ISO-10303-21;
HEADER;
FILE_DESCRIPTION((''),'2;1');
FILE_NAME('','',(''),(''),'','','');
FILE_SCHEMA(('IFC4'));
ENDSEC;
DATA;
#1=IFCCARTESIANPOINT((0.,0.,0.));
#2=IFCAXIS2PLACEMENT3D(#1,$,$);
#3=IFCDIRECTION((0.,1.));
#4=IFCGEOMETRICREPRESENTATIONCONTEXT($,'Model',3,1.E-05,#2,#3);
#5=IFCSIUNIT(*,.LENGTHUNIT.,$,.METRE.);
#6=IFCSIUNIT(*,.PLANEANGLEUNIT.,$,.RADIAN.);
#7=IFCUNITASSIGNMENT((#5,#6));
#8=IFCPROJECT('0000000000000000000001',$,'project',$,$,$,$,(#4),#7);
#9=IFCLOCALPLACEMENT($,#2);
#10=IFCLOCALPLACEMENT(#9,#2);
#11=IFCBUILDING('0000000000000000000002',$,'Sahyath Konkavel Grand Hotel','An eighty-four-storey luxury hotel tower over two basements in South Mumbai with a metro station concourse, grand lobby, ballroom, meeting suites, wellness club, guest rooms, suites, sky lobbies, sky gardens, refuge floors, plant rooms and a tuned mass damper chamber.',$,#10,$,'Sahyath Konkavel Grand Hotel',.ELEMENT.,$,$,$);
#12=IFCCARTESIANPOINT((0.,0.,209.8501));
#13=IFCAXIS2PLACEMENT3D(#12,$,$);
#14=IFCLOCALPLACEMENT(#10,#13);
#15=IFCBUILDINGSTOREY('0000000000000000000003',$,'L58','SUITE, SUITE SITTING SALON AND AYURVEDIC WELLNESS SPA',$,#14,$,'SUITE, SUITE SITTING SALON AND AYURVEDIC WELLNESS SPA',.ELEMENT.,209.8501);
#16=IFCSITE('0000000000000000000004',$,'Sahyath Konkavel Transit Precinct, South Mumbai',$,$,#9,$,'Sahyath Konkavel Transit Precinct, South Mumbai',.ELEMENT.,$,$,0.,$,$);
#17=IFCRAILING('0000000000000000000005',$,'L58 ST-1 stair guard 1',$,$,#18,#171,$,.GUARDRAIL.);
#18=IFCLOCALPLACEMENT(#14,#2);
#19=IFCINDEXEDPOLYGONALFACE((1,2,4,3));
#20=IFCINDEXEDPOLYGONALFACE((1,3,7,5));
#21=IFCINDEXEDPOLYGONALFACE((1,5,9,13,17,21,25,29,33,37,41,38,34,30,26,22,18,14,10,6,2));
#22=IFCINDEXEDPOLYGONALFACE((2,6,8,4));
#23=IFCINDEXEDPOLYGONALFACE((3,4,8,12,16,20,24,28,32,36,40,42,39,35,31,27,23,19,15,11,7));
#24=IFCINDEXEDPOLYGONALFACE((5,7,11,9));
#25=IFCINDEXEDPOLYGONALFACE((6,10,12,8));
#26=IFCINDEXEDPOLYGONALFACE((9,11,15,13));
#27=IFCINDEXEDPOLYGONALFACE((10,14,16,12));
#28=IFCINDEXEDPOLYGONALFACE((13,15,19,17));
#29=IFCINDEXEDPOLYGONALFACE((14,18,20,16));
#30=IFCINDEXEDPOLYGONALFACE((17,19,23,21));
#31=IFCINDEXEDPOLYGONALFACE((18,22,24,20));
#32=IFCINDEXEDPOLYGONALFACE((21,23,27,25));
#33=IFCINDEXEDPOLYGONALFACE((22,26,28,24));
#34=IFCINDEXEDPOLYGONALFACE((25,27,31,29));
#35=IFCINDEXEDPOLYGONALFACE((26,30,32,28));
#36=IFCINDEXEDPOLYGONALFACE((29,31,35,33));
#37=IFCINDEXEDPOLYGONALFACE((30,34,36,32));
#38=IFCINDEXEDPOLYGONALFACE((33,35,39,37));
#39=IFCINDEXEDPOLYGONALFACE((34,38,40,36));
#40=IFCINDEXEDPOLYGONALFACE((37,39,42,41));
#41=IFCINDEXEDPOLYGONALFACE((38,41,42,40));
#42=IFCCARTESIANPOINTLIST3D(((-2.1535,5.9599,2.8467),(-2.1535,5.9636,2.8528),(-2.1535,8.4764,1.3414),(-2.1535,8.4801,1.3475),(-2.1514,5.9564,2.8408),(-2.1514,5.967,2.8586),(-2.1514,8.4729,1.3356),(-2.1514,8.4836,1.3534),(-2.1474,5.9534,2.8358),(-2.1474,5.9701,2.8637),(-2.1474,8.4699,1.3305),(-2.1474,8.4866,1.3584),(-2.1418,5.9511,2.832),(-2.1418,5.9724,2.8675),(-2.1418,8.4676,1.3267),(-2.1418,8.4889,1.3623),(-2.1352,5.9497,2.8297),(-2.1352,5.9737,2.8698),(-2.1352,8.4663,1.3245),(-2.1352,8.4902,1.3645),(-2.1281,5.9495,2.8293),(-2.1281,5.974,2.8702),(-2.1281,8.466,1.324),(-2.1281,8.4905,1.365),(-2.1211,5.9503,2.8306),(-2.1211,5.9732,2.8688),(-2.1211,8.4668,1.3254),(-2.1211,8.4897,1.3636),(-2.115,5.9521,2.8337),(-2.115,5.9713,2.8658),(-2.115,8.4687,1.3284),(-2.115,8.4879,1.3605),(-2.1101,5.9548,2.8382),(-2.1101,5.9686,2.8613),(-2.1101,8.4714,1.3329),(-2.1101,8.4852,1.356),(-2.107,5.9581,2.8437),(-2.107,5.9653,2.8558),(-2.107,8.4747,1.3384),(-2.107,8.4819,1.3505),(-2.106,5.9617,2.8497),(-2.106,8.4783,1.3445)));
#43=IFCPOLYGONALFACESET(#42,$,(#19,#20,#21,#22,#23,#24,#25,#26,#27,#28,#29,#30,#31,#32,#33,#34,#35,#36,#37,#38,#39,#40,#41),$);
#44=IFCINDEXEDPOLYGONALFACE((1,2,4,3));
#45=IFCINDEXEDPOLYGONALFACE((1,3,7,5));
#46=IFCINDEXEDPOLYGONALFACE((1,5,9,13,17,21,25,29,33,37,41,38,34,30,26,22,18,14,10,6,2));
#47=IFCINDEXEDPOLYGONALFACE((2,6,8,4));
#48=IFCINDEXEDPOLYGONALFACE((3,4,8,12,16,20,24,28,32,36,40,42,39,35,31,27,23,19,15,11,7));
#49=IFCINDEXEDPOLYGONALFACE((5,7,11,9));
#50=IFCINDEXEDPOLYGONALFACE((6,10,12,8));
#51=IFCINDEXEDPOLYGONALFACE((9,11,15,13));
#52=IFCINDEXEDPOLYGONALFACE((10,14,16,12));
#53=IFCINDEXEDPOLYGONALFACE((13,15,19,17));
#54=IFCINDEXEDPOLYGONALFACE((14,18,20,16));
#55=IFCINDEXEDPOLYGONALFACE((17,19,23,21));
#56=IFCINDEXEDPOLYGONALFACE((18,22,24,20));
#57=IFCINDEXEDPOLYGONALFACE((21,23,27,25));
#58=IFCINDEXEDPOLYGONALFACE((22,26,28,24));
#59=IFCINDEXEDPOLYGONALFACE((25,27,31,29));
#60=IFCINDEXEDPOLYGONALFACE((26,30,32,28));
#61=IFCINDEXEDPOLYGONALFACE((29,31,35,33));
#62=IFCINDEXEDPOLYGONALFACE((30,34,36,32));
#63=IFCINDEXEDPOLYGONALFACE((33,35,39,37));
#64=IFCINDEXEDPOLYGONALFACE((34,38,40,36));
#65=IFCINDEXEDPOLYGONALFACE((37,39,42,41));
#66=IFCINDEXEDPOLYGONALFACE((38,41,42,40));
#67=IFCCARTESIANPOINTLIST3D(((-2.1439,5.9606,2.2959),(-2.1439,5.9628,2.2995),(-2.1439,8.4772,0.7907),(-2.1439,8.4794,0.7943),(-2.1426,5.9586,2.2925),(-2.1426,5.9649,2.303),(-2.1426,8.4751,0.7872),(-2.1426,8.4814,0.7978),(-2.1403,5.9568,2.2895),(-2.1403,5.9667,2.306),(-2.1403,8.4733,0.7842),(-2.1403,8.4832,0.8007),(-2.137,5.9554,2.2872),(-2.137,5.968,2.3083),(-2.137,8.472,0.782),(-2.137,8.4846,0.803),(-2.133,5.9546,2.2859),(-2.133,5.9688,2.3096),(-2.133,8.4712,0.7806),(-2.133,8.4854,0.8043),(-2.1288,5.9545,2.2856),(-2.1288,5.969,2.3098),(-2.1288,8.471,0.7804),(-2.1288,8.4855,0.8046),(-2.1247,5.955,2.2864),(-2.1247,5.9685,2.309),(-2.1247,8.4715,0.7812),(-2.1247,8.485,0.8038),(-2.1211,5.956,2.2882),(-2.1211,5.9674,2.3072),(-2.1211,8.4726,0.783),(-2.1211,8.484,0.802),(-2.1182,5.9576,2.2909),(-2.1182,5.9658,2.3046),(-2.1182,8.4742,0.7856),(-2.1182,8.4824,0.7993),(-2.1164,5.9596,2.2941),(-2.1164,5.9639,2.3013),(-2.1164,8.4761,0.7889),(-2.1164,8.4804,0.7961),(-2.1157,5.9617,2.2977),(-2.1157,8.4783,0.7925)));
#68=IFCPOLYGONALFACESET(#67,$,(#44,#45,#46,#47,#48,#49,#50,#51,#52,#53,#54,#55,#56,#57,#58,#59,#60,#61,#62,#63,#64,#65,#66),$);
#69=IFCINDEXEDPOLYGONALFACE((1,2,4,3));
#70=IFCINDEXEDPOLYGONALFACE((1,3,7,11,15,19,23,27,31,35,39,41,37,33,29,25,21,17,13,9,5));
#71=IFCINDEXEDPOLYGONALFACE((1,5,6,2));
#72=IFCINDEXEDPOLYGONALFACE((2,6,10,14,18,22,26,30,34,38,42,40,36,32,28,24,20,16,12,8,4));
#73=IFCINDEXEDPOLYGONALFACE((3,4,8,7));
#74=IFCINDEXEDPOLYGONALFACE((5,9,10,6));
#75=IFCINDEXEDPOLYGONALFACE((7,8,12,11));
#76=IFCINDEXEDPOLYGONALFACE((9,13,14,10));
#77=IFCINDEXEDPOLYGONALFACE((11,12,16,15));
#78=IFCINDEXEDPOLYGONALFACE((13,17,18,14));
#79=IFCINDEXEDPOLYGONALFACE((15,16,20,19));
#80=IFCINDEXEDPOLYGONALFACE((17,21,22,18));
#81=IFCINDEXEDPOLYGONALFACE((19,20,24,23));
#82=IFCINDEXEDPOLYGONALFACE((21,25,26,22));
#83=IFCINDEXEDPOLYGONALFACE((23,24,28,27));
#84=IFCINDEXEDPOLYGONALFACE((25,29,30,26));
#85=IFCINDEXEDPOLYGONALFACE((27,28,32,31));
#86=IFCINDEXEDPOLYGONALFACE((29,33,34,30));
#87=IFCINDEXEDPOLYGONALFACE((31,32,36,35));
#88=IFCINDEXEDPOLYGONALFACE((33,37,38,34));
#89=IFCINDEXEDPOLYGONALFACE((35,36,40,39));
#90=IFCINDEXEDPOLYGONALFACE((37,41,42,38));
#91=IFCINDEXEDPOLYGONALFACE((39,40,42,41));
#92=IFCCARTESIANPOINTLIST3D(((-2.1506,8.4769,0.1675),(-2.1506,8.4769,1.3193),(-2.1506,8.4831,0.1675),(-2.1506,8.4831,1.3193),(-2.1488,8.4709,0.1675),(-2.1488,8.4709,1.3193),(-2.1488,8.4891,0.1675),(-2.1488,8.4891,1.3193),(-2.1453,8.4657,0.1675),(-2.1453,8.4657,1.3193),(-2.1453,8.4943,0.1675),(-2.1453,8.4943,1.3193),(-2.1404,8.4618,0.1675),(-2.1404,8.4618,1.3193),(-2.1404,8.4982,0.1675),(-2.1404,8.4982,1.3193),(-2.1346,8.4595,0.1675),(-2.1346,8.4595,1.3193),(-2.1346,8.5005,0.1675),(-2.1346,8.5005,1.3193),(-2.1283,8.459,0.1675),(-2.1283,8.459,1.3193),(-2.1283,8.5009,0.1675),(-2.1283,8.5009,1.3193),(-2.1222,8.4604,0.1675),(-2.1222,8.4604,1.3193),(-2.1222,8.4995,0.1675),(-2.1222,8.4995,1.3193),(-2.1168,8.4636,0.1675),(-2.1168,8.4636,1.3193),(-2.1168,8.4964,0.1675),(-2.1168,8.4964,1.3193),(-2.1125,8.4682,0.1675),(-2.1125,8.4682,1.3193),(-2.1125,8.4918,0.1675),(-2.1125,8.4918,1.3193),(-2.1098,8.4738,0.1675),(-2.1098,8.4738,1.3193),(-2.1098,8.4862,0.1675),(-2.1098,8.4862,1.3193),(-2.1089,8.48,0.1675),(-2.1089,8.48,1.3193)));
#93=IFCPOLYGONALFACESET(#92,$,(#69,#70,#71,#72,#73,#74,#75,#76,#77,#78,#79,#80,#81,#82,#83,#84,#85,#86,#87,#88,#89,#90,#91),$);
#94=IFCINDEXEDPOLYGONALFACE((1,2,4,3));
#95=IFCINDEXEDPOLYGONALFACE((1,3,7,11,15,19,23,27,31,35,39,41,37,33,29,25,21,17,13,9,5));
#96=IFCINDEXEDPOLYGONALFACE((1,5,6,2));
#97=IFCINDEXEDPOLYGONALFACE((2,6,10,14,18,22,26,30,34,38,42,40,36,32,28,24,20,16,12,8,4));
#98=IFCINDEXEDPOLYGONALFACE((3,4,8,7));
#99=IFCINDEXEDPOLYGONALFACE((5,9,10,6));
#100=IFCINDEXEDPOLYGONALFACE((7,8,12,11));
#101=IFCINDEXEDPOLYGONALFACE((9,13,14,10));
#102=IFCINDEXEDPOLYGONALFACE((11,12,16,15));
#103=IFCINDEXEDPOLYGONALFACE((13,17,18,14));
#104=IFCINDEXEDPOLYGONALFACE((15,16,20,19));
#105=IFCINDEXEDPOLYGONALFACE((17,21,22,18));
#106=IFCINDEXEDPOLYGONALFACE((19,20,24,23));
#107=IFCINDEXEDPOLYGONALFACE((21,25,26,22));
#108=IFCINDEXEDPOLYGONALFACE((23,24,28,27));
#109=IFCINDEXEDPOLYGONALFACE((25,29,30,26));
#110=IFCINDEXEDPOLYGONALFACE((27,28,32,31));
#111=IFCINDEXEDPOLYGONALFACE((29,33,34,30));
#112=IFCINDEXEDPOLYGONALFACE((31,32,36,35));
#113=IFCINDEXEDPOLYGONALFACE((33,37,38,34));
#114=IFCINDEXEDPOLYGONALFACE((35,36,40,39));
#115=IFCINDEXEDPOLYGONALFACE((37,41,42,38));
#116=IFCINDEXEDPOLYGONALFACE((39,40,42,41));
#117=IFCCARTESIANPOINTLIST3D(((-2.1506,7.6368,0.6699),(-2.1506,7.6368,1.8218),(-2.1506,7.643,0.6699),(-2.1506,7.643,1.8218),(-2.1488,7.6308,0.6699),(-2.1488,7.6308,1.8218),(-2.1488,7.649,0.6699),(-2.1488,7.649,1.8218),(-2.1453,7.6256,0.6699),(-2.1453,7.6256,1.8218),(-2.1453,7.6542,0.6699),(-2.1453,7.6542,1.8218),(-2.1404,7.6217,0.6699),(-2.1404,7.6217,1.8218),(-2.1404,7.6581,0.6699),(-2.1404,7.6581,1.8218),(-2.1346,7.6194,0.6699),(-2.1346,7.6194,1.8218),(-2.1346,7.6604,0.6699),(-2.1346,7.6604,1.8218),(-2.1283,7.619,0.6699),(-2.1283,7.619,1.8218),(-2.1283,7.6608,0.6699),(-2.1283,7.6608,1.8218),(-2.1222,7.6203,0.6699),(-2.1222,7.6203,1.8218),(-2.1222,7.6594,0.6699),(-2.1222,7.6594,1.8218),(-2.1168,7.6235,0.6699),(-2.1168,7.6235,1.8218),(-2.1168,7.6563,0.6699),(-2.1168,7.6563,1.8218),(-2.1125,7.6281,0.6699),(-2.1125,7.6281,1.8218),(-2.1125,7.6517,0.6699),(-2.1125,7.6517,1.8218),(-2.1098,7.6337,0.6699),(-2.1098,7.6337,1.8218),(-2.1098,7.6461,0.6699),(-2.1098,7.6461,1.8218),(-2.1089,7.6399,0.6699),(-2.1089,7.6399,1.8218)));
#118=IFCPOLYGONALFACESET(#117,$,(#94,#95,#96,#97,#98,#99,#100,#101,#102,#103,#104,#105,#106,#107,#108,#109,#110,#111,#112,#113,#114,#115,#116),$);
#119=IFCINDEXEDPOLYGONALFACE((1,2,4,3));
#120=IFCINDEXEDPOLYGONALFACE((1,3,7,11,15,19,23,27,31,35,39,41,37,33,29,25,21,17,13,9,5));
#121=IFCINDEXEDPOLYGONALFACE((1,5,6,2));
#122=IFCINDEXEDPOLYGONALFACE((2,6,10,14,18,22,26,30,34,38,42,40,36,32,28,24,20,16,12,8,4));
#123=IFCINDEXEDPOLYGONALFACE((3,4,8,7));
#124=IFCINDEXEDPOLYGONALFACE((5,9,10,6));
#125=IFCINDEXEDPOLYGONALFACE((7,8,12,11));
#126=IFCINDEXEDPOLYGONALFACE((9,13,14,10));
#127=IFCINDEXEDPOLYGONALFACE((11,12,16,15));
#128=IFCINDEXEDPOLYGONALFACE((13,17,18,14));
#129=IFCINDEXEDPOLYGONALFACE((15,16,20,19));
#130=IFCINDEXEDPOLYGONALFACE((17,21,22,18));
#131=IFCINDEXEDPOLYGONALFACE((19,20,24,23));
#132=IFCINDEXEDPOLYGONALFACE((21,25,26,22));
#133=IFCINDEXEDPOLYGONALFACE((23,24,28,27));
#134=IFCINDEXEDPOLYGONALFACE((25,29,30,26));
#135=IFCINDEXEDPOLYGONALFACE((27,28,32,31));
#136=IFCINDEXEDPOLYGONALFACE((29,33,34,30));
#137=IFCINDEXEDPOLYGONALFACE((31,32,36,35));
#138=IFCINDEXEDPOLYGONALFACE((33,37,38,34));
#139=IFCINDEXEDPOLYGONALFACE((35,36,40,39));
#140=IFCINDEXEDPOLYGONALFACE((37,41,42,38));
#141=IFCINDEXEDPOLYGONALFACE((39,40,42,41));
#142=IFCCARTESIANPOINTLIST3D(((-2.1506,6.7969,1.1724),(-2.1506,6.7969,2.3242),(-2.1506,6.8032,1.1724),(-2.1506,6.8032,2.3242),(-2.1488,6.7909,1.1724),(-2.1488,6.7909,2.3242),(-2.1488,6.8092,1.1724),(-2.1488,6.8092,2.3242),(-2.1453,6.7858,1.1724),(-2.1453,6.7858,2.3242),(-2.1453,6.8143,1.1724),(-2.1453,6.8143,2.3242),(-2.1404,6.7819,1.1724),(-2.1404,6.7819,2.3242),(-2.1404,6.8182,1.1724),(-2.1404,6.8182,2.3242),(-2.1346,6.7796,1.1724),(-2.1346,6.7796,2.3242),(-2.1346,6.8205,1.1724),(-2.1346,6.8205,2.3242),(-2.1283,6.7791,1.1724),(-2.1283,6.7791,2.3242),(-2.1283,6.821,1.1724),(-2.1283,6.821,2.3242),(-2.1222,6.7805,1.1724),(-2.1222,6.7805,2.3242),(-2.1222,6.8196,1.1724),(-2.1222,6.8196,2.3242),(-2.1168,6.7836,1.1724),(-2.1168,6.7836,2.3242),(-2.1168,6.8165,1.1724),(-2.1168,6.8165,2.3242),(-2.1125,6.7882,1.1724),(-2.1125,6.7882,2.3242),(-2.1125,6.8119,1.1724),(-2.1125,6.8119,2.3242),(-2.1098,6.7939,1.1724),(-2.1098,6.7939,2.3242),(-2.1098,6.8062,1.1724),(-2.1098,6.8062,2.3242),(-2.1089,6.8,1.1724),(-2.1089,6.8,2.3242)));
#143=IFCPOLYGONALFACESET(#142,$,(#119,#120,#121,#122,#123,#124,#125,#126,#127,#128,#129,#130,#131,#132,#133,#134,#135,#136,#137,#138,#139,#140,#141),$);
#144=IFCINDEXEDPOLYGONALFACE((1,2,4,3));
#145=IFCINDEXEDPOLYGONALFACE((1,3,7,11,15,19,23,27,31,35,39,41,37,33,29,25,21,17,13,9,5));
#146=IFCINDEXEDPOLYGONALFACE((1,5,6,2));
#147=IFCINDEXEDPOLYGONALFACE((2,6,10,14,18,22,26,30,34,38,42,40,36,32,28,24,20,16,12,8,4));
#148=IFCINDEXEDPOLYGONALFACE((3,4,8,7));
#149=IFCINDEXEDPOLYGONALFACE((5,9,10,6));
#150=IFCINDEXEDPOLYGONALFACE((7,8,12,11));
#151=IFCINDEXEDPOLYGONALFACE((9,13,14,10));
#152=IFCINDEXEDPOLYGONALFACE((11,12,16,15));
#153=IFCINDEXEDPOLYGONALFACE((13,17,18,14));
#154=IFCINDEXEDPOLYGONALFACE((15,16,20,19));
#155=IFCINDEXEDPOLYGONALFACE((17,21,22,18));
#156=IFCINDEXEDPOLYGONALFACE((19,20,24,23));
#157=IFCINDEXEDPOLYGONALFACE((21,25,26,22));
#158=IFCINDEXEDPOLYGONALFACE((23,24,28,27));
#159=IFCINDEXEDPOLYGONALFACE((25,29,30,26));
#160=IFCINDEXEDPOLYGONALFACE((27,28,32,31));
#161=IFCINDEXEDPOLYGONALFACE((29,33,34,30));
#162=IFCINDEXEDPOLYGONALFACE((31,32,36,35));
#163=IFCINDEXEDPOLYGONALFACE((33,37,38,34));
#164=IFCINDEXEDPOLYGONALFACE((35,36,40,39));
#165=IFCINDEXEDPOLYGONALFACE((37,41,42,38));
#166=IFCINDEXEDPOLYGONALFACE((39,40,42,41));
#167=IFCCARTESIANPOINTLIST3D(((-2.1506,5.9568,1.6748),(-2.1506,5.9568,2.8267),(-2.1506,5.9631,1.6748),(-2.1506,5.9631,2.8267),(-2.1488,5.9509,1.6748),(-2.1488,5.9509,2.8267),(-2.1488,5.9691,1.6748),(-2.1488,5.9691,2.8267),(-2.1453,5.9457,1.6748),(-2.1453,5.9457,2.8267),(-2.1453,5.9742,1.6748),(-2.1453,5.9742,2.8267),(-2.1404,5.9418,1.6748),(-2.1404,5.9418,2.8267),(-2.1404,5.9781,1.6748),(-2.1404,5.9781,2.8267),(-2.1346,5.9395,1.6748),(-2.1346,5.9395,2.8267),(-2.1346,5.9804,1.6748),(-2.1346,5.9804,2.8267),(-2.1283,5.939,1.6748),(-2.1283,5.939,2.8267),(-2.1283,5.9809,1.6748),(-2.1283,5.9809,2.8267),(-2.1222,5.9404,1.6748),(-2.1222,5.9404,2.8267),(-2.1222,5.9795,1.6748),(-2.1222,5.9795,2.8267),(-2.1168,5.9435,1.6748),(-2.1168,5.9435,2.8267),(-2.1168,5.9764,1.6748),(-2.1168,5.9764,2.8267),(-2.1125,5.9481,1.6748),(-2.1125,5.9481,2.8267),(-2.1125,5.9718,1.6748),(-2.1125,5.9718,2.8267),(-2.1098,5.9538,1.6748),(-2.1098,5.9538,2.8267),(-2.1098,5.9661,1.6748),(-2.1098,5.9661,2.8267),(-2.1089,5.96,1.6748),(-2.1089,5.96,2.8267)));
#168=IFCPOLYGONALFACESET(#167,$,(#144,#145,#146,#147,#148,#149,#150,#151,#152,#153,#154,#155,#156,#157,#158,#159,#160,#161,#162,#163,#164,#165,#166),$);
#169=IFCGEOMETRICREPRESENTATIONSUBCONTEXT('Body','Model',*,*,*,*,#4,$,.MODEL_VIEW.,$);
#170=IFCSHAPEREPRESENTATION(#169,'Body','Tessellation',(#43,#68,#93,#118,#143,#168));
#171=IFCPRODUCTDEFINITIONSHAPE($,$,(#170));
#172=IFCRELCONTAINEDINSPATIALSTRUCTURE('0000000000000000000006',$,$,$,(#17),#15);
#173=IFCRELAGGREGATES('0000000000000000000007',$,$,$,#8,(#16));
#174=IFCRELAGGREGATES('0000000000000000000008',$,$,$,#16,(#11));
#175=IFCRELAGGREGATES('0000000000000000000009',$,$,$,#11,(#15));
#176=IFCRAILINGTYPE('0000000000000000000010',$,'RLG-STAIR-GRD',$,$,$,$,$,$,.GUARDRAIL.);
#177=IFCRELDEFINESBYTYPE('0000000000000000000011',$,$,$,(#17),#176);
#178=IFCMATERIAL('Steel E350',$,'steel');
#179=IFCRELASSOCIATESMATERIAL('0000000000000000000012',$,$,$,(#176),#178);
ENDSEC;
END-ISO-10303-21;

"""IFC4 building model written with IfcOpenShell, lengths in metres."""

from ifc_helpers import new_model, si_unit, direction, frame, origin, origin_2d, place, context, subcontext, project, spatial, circle, extrude, material, type_object, element, save


model = new_model("IFC4")

# Units and contexts
model_context = context("Model", 3, precision=1e-05, world=origin(), true_north=direction((0.0, 1.0)))
body_context = subcontext(model_context, "Body", "Model", "MODEL_VIEW")
ifc_project = project(units=[si_unit("LENGTHUNIT", "METRE"), si_unit("PLANEANGLEUNIT", "RADIAN")], contexts=[model_context])

# Site, building, storey
site_placement = place(None, origin())
site = spatial("IfcSite", under=ifc_project, at=site_placement, Name="Sahyath Konkavel Transit Precinct, South Mumbai", LongName="Sahyath Konkavel Transit Precinct, South Mumbai", CompositionType="ELEMENT", RefElevation=0.0)
building_placement = place(site_placement, origin())
building = spatial("IfcBuilding", under=site, at=building_placement, Name="Sahyath Konkavel Grand Hotel", Description="An eighty-four-storey luxury hotel tower over two basements in South Mumbai with a metro station concourse, grand lobby, ballroom, meeting suites, wellness club, guest rooms, suites, sky lobbies, sky gardens, refuge floors, plant rooms and a tuned mass damper chamber.", LongName="Sahyath Konkavel Grand Hotel", CompositionType="ELEMENT")
storey_placement = place(building_placement, frame((0.0, 0.0, 209.8501)))
storey = spatial("IfcBuildingStorey", under=building, at=storey_placement, Name="L58", Description="SUITE, SUITE SITTING SALON AND AYURVEDIC WELLNESS SPA", LongName="SUITE, SUITE SITTING SALON AND AYURVEDIC WELLNESS SPA", CompositionType="ELEMENT", Elevation=209.8501)

# Shared definitions
ifc_material_1 = material(Name="Steel E350", Category="steel")

# Railing
railing_type_1 = type_object("IfcRailingType", Name="RLG-STAIR-GRD", PredefinedType="GUARDRAIL", material=ifc_material_1)
railing_1_placement = place(storey_placement, frame((-2.1299, 8.48, 0.1675)))
element("IfcRailing", 1, at=railing_1_placement, inside=storey, type_object=railing_type_1, Name="L58 ST-1 stair guard 1", PredefinedType="GUARDRAIL", context=body_context, shape_type="SweptSolid", body=[
    extrude(circle(Radius=0.0239, at=origin_2d()), frame((0.0, -0.0017, 1.177), z_axis=(0.0, -0.858196, 0.513321), x_axis=(1.0, 0.0, 0.0)), (0.0, 0.0, 1.0), 2.9324),
    extrude(circle(Radius=0.0142, at=origin_2d()), frame((0.0, -0.0017, 0.625), z_axis=(0.0, -0.858196, 0.513321), x_axis=(1.0, 0.0, 0.0)), (0.0, 0.0, 1.0), 2.9324),
    extrude(circle(Radius=0.021, at=origin_2d()), origin(), (0.0, 0.0, 1.0), 1.1519),
    extrude(circle(Radius=0.021, at=origin_2d()), frame((0.0, -0.8401, 0.5024)), (0.0, 0.0, 1.0), 1.1519),
    extrude(circle(Radius=0.021, at=origin_2d()), frame((0.0, -1.6799, 1.0049)), (0.0, 0.0, 1.0), 1.1519),
    extrude(circle(Radius=0.021, at=origin_2d()), frame((0.0, -2.52, 1.5073)), (0.0, 0.0, 1.0), 1.1519),
])

save(model, "model.ifc")
